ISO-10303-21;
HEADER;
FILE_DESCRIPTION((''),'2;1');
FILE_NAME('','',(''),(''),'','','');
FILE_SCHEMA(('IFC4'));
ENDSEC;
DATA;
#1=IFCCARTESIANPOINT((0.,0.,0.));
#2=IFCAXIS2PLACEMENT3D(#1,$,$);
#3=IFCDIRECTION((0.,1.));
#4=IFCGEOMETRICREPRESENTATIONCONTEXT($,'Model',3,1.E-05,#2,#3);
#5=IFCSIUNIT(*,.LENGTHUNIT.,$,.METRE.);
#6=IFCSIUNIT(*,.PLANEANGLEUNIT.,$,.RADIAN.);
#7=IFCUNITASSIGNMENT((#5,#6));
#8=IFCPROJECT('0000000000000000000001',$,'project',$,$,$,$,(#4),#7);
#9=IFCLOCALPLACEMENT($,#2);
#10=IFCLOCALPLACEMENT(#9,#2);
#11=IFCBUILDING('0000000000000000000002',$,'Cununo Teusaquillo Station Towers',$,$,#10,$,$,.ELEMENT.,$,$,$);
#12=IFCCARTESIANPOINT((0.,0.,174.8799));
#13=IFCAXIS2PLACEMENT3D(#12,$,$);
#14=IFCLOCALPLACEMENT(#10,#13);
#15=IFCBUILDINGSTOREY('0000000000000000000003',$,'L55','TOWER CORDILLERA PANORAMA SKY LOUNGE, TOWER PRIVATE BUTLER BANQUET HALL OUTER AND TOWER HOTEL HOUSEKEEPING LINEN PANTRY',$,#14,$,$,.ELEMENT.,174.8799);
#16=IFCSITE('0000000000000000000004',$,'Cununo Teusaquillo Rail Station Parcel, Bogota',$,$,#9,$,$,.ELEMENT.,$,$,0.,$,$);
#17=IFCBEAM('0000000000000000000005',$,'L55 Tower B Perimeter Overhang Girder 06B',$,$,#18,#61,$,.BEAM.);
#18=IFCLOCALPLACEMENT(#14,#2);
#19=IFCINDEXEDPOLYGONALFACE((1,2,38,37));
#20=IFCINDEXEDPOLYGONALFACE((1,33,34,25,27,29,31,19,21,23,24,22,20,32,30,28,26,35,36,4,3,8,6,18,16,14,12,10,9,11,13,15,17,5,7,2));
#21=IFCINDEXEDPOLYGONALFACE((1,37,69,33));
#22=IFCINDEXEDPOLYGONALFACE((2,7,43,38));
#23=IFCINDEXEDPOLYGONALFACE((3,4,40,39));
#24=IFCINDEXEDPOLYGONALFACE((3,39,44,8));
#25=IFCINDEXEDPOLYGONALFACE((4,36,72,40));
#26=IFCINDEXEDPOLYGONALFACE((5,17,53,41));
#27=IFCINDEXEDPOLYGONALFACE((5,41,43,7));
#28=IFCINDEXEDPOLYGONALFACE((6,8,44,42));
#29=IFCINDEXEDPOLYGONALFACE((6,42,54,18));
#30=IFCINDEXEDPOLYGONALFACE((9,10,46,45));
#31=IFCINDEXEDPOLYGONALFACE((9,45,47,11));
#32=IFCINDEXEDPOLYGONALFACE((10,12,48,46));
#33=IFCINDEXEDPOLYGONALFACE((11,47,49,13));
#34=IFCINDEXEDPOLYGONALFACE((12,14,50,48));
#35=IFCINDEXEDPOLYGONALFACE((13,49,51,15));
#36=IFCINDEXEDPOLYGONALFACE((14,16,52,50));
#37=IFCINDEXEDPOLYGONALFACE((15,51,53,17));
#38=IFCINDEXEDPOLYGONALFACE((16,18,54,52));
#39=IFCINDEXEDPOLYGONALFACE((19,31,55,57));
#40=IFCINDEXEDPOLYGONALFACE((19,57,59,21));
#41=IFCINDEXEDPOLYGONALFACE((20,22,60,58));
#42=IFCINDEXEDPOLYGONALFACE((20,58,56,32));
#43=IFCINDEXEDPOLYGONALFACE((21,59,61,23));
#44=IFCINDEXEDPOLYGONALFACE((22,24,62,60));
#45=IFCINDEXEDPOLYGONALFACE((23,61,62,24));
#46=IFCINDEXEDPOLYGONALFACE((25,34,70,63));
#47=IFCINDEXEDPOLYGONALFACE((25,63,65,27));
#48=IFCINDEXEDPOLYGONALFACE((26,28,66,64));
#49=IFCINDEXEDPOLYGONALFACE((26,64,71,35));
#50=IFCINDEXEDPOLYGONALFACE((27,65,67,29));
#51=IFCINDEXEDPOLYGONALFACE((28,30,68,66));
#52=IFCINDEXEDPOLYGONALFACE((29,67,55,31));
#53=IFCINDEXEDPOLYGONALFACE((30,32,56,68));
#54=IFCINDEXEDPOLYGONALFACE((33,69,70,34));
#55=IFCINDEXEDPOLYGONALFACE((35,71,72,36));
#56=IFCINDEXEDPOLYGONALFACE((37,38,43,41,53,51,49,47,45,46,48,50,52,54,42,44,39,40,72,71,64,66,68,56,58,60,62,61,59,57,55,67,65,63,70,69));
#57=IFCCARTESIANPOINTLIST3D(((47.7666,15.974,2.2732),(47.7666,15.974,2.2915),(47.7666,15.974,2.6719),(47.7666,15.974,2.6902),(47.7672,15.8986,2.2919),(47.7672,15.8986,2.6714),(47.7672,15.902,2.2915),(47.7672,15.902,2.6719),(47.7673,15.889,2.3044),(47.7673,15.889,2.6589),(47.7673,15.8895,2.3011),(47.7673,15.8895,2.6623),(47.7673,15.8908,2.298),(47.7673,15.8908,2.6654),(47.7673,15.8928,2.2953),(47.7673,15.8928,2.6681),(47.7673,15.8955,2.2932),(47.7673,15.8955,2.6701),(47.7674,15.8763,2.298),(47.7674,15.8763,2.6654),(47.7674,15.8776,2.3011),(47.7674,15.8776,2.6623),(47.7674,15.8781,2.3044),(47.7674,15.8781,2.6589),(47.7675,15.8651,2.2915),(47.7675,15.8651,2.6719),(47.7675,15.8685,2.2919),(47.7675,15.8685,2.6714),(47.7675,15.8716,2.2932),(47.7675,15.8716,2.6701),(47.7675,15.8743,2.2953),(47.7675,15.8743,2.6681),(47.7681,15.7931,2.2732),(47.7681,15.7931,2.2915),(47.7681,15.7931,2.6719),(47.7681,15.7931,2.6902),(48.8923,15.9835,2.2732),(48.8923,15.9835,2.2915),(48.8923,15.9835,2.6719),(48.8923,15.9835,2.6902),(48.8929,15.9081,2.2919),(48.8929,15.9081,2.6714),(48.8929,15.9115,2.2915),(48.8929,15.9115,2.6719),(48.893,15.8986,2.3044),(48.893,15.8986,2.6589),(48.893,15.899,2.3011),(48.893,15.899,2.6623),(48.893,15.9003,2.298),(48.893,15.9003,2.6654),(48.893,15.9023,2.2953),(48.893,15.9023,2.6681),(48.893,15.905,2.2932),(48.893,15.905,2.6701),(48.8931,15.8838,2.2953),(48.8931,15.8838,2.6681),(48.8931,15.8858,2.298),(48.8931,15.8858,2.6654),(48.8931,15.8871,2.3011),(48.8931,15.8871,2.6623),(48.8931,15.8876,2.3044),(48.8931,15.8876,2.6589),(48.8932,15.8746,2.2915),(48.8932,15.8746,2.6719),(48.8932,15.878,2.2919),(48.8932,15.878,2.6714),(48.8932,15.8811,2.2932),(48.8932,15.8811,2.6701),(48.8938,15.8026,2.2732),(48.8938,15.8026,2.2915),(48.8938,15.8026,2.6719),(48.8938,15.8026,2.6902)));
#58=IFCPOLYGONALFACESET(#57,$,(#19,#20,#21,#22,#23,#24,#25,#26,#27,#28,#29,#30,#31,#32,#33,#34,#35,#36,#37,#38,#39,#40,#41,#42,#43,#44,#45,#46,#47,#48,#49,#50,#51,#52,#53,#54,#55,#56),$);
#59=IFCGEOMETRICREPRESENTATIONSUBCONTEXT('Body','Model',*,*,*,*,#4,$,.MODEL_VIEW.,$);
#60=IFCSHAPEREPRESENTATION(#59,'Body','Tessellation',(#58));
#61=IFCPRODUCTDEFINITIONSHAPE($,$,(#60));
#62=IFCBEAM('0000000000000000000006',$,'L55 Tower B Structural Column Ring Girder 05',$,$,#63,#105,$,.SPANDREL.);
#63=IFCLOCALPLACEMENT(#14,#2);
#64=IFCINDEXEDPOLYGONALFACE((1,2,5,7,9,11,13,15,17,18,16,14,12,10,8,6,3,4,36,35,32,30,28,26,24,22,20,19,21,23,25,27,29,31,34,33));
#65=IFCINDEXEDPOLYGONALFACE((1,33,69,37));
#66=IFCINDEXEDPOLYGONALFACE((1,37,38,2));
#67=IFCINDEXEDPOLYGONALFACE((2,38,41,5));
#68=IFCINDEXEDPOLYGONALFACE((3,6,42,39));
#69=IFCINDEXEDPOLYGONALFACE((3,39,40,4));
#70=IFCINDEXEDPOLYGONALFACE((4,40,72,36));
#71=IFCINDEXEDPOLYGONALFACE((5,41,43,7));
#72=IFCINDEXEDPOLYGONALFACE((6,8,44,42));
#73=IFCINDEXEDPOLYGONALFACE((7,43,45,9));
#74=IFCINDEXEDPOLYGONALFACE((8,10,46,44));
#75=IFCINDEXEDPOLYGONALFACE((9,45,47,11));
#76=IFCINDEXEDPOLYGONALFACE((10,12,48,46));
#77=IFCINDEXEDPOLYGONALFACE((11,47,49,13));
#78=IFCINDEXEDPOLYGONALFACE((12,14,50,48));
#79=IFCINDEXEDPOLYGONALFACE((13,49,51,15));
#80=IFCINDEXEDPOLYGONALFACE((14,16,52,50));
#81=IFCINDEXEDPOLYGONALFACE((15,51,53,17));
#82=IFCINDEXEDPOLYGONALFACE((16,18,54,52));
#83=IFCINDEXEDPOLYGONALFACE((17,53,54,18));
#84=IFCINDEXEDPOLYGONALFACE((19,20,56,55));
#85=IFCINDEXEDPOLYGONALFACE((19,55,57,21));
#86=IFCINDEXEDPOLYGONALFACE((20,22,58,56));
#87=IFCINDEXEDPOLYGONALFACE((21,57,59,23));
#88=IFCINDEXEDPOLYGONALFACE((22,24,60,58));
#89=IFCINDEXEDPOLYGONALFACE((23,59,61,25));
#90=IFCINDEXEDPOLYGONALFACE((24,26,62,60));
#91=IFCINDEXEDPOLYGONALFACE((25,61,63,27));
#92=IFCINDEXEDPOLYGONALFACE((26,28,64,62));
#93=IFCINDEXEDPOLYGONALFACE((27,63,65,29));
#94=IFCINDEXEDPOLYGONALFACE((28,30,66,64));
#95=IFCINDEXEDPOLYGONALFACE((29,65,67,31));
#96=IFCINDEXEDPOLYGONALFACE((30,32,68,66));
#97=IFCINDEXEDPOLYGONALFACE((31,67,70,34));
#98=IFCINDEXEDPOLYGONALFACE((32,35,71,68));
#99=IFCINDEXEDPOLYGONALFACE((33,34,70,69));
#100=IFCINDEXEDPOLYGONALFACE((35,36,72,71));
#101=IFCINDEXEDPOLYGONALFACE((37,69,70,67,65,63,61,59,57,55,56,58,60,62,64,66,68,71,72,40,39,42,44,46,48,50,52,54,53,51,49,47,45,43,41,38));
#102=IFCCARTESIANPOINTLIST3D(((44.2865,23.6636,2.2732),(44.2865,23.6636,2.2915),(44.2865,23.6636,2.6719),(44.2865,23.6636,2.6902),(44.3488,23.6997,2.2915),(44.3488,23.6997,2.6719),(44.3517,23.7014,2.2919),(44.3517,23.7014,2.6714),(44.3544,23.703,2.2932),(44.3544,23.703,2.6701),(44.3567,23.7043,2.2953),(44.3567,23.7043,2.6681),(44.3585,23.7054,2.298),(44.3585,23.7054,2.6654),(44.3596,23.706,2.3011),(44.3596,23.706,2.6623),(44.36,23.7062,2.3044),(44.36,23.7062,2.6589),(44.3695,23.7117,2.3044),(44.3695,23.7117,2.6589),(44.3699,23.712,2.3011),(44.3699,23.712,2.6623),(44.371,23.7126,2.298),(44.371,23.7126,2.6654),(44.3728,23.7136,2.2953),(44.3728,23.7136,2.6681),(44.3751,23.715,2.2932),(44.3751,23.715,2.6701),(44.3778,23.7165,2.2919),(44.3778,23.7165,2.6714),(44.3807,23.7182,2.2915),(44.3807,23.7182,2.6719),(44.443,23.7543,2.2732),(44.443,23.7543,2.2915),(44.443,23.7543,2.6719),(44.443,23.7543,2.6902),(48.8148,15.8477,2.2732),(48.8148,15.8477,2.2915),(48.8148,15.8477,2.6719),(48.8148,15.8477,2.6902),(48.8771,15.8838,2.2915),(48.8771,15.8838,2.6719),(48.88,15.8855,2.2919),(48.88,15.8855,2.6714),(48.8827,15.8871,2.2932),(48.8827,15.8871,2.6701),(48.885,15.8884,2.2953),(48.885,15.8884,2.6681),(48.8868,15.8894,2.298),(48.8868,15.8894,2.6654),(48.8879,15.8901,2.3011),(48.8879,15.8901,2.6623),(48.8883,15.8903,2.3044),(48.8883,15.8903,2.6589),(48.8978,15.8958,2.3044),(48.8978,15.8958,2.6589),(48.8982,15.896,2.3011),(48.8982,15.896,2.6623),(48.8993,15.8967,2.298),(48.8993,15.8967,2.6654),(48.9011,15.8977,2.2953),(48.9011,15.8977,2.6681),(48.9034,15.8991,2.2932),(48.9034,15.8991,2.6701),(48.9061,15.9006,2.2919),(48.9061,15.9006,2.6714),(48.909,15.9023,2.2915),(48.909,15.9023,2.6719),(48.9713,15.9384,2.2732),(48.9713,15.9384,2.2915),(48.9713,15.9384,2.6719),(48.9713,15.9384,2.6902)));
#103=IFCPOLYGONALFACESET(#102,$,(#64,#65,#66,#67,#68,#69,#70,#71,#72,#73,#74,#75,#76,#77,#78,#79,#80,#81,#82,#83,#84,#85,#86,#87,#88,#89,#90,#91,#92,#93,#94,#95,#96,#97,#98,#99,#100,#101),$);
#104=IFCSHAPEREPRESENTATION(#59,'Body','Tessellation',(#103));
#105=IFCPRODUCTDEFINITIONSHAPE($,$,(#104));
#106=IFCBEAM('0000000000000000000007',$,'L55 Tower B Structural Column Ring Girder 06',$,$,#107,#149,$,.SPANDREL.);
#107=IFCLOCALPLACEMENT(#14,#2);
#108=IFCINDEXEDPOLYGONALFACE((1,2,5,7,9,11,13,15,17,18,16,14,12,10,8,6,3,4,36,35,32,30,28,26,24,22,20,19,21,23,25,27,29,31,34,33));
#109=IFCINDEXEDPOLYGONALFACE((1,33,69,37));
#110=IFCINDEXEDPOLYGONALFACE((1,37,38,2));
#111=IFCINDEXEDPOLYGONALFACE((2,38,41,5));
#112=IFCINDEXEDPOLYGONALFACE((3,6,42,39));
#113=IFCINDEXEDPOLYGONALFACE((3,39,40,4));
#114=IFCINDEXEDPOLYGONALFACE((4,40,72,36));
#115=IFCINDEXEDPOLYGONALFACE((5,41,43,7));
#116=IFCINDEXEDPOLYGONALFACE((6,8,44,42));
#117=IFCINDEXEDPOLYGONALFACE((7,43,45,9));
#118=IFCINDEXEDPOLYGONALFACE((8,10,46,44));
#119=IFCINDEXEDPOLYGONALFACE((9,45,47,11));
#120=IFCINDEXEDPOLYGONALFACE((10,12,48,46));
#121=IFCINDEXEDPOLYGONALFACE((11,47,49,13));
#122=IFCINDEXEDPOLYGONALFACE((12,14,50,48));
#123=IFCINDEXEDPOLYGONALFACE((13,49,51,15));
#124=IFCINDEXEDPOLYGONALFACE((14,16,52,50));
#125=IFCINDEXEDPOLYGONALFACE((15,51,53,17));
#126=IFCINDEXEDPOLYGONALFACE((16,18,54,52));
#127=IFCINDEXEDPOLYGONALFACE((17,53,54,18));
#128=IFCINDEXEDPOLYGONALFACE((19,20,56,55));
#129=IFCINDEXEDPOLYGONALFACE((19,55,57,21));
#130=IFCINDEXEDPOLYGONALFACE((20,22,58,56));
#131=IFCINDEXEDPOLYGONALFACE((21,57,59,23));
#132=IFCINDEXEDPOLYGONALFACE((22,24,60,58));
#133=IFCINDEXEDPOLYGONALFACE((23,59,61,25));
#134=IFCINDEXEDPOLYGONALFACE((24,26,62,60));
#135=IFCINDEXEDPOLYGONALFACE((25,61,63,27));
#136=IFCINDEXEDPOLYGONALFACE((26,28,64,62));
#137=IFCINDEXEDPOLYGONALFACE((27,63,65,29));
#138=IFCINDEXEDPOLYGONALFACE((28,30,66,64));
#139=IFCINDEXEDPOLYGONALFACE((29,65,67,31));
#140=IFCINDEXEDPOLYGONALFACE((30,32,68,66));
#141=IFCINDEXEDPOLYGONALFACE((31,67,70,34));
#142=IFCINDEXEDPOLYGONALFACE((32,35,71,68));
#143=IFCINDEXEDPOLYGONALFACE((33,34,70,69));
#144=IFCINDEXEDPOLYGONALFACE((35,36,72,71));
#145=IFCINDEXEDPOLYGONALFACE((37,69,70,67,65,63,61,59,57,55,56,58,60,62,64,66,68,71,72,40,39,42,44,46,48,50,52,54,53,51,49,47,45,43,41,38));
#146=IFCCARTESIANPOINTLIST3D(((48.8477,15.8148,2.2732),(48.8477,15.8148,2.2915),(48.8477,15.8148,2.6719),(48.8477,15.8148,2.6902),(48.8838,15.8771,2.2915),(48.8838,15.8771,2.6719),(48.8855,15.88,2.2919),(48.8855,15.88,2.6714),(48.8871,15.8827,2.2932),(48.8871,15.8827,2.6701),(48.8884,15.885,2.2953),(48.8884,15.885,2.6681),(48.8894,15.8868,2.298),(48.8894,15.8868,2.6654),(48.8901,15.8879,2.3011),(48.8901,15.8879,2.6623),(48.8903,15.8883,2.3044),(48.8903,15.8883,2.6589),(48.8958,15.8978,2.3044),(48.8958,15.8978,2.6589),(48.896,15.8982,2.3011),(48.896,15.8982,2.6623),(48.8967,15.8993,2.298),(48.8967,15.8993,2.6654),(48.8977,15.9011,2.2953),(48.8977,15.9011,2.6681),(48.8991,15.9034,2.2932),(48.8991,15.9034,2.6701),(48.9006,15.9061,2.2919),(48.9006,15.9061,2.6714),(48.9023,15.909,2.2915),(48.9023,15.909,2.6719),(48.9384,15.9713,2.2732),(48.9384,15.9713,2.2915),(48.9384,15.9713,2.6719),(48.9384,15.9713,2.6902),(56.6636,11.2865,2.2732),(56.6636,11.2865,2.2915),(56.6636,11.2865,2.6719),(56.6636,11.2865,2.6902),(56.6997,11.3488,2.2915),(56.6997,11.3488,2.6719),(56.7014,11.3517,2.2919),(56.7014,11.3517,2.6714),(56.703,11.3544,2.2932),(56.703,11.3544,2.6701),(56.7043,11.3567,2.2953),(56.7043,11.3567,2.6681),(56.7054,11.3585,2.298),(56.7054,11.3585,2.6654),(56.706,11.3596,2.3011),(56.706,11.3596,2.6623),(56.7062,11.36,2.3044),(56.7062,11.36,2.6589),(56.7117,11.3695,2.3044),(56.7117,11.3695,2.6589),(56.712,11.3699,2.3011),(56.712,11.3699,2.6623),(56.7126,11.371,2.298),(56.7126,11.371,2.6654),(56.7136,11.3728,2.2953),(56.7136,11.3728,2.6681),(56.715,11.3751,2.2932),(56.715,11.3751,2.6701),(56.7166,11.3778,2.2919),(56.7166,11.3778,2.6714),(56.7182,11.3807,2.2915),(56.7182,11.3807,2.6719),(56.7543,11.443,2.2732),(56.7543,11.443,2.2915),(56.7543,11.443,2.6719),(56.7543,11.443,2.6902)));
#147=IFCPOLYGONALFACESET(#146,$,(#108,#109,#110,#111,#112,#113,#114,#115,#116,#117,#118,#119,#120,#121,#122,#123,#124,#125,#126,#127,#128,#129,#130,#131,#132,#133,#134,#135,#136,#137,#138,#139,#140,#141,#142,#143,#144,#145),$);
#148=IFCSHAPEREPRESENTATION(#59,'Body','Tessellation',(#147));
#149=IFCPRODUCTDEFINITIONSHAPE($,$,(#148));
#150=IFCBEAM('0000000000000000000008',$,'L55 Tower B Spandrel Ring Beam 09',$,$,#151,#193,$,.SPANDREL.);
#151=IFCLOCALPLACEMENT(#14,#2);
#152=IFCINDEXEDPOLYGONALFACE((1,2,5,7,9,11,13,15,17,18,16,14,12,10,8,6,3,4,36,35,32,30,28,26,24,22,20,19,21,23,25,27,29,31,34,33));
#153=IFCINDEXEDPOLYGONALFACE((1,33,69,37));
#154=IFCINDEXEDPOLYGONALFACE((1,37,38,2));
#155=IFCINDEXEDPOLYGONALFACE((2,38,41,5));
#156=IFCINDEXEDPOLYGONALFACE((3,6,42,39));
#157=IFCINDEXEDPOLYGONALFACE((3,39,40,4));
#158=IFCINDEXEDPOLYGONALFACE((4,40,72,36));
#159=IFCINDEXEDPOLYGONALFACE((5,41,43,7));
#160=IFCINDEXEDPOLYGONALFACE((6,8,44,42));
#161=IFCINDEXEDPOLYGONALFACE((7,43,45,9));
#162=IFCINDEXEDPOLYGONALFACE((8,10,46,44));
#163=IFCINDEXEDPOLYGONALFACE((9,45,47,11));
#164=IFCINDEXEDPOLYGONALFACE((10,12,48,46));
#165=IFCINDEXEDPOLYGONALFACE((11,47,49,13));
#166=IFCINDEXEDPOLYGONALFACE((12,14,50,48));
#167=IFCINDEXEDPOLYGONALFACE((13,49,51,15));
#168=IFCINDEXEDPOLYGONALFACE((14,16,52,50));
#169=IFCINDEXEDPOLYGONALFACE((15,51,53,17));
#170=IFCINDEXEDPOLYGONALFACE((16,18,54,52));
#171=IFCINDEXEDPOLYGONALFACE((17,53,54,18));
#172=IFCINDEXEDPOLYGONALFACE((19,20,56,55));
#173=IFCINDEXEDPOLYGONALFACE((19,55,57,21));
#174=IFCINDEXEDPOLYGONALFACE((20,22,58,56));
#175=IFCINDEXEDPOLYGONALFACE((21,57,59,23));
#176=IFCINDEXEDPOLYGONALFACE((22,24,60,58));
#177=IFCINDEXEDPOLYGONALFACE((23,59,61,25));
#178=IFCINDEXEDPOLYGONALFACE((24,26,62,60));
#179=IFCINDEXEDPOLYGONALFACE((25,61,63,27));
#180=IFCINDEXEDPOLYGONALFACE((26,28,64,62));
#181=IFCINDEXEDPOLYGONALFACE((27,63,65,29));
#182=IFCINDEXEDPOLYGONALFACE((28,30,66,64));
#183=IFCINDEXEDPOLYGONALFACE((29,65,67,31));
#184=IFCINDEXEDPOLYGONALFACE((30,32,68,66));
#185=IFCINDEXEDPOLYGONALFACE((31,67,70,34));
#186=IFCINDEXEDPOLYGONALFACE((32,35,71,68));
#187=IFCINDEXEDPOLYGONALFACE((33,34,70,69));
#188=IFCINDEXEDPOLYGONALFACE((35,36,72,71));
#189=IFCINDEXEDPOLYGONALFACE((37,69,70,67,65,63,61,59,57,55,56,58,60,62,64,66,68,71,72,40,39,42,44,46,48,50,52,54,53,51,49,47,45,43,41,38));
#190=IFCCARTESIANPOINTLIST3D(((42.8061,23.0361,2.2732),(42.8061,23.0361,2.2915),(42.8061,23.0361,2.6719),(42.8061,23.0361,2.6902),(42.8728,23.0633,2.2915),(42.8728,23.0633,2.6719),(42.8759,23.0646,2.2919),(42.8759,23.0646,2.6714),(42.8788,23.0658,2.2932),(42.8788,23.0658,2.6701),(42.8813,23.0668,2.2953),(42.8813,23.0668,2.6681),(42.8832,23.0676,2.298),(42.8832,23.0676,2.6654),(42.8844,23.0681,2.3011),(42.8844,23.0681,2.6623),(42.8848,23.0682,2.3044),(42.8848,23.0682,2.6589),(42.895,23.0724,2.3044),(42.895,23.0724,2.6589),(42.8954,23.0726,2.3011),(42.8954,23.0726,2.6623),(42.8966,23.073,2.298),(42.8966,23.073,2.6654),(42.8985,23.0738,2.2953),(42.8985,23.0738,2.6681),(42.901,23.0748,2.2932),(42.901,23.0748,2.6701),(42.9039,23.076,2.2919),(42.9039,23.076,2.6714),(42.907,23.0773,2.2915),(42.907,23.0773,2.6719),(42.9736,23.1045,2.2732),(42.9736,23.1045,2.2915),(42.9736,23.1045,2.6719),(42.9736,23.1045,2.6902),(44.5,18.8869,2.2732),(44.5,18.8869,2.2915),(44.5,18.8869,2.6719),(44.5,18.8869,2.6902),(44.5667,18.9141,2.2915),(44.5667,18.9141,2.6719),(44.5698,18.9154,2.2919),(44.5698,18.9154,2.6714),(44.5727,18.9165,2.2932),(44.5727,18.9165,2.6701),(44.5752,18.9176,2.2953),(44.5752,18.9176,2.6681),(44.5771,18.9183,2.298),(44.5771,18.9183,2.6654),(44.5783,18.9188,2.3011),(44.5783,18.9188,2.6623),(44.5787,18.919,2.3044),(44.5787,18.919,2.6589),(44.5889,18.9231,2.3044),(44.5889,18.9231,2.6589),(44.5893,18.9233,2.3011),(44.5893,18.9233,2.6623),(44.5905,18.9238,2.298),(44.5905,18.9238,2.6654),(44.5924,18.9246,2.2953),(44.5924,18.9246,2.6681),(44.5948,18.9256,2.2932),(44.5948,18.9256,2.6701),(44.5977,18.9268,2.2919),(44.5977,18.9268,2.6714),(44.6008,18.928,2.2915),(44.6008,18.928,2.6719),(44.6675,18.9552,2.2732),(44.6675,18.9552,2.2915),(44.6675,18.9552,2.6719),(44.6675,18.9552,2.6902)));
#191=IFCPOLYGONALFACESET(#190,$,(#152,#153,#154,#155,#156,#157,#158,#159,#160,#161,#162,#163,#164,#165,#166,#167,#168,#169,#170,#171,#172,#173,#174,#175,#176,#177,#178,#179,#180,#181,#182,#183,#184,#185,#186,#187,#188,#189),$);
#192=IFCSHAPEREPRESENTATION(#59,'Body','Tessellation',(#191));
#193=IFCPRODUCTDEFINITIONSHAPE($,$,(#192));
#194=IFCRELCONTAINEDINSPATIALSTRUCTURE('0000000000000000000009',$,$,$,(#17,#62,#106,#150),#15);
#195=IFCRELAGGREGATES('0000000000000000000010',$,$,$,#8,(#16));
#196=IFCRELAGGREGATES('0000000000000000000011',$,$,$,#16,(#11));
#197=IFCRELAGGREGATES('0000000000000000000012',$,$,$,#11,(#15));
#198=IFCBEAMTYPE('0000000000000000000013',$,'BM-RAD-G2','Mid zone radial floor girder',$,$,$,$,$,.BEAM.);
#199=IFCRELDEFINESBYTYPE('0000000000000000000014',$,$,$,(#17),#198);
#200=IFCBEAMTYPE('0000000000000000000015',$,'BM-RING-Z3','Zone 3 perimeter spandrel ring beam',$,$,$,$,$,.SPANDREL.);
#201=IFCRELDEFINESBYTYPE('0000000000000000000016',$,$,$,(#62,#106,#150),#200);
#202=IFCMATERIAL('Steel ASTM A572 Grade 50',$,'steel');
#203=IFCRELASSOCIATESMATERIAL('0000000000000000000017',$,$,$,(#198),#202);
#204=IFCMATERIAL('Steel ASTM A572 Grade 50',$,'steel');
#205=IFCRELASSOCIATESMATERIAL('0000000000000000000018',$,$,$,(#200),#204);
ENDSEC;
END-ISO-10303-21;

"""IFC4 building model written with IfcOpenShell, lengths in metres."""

from ifc_helpers import new_model, si_unit, direction, frame, origin, origin_2d, place, context, subcontext, project, spatial, i_section, extrude, material, material_profile, profile_set, type_object, element, save


model = new_model("IFC4")

# Units and contexts
model_context = context("Model", 3, precision=1e-05, world=origin(), true_north=direction((0.0, 1.0)))
body_context = subcontext(model_context, "Body", "Model", "MODEL_VIEW")
ifc_project = project(units=[si_unit("LENGTHUNIT", "METRE"), si_unit("PLANEANGLEUNIT", "RADIAN")], contexts=[model_context])

# Site, building, storey
site_placement = place(None, origin())
site = spatial("IfcSite", under=ifc_project, at=site_placement, Name="Cununo Teusaquillo Rail Station Parcel, Bogota", CompositionType="ELEMENT", RefElevation=0.0)
building_placement = place(site_placement, origin())
building = spatial("IfcBuilding", under=site, at=building_placement, Name="Cununo Teusaquillo Station Towers", CompositionType="ELEMENT")
storey_placement = place(building_placement, frame((0.0, 0.0, 174.8799)))
storey = spatial("IfcBuildingStorey", under=building, at=storey_placement, Name="L55", Description="TOWER CORDILLERA PANORAMA SKY LOUNGE, TOWER PRIVATE BUTLER BANQUET HALL OUTER AND TOWER HOTEL HOUSEKEEPING LINEN PANTRY", CompositionType="ELEMENT", Elevation=174.8799)

# Beams
ifc_material_1 = material(Name="Steel ASTM A572 Grade 50", Category="steel")
ifc_material_profile_1 = material_profile(ifc_material_1, i_section(OverallWidth=0.1809, OverallDepth=0.417, WebThickness=0.011, FlangeThickness=0.0183, FilletRadius=0.0129, at=origin_2d()), Name="W16X57")
ifc_profile_set_1 = profile_set([ifc_material_profile_1], Name="Steel ASTM A572 Grade 50")
beam_type_1 = type_object("IfcBeamType", Name="BM-RAD-G2", Description="Mid zone radial floor girder", PredefinedType="BEAM", material=ifc_profile_set_1)
beam_1_placement = place(storey_placement, frame((48.8931, 15.8931, 2.4817), z_axis=(-0.999964, -0.008458, 0.0), x_axis=(0.008458, -0.999964, 0.0)))
element("IfcBeam", 1, at=beam_1_placement, inside=storey, type_object=beam_type_1, Name="L55 Tower B Perimeter Overhang Girder 06B", PredefinedType="BEAM", context=body_context, shape_type="SweptSolid", body=[
    extrude(i_section(OverallWidth=0.1809, OverallDepth=0.417, WebThickness=0.011, FlangeThickness=0.0183, FilletRadius=0.0129, at=origin_2d()), origin(), (0.0, 0.0, 1.0), 1.1257),
])
ifc_material_2 = material(Name="Steel ASTM A572 Grade 50", Category="steel")
ifc_material_profile_2 = material_profile(ifc_material_2, i_section(OverallWidth=0.1809, OverallDepth=0.417, WebThickness=0.011, FlangeThickness=0.0183, FilletRadius=0.0129, at=origin_2d()), Name="W16X57")
ifc_profile_set_2 = profile_set([ifc_material_profile_2], Name="Steel ASTM A572 Grade 50")
beam_type_2 = type_object("IfcBeamType", Name="BM-RING-Z3", Description="Zone 3 perimeter spandrel ring beam", PredefinedType="SPANDREL", material=ifc_profile_set_2)
for number, where, z_axis, x_axis, name in (
    (2, (44.3647, 23.709, 2.4817), (0.501311, -0.865267, 0.0), (0.865267, 0.501311, 0.0), "L55 Tower B Structural Column Ring Girder 05"),
    (3, (48.8931, 15.8931, 2.4817), (0.865267, -0.501311, 0.0), (0.501311, 0.865267, 0.0), "L55 Tower B Structural Column Ring Girder 06"),
):
    element("IfcBeam", number, at=place(storey_placement, frame(where, z_axis=z_axis, x_axis=x_axis)), inside=storey, type_object=beam_type_2, Name=name, PredefinedType="SPANDREL", context=body_context, shape_type="SweptSolid", body=[
        extrude(i_section(OverallWidth=0.1809, OverallDepth=0.417, WebThickness=0.011, FlangeThickness=0.0183, FilletRadius=0.0129, at=origin_2d()), origin(), (0.0, 0.0, 1.0), 9.033),
    ])
beam_2_placement = place(storey_placement, frame((42.8899, 23.0703, 2.4817), z_axis=(0.377956, -0.925824, 0.0), x_axis=(0.925824, 0.377956, 0.0)))
element("IfcBeam", 4, at=beam_2_placement, inside=storey, type_object=beam_type_2, Name="L55 Tower B Spandrel Ring Beam 09", PredefinedType="SPANDREL", context=body_context, shape_type="SweptSolid", body=[
    extrude(i_section(OverallWidth=0.1809, OverallDepth=0.417, WebThickness=0.011, FlangeThickness=0.0183, FilletRadius=0.0129, at=origin_2d()), origin(), (0.0, 0.0, 1.0), 4.4817),
])

save(model, "model.ifc")
